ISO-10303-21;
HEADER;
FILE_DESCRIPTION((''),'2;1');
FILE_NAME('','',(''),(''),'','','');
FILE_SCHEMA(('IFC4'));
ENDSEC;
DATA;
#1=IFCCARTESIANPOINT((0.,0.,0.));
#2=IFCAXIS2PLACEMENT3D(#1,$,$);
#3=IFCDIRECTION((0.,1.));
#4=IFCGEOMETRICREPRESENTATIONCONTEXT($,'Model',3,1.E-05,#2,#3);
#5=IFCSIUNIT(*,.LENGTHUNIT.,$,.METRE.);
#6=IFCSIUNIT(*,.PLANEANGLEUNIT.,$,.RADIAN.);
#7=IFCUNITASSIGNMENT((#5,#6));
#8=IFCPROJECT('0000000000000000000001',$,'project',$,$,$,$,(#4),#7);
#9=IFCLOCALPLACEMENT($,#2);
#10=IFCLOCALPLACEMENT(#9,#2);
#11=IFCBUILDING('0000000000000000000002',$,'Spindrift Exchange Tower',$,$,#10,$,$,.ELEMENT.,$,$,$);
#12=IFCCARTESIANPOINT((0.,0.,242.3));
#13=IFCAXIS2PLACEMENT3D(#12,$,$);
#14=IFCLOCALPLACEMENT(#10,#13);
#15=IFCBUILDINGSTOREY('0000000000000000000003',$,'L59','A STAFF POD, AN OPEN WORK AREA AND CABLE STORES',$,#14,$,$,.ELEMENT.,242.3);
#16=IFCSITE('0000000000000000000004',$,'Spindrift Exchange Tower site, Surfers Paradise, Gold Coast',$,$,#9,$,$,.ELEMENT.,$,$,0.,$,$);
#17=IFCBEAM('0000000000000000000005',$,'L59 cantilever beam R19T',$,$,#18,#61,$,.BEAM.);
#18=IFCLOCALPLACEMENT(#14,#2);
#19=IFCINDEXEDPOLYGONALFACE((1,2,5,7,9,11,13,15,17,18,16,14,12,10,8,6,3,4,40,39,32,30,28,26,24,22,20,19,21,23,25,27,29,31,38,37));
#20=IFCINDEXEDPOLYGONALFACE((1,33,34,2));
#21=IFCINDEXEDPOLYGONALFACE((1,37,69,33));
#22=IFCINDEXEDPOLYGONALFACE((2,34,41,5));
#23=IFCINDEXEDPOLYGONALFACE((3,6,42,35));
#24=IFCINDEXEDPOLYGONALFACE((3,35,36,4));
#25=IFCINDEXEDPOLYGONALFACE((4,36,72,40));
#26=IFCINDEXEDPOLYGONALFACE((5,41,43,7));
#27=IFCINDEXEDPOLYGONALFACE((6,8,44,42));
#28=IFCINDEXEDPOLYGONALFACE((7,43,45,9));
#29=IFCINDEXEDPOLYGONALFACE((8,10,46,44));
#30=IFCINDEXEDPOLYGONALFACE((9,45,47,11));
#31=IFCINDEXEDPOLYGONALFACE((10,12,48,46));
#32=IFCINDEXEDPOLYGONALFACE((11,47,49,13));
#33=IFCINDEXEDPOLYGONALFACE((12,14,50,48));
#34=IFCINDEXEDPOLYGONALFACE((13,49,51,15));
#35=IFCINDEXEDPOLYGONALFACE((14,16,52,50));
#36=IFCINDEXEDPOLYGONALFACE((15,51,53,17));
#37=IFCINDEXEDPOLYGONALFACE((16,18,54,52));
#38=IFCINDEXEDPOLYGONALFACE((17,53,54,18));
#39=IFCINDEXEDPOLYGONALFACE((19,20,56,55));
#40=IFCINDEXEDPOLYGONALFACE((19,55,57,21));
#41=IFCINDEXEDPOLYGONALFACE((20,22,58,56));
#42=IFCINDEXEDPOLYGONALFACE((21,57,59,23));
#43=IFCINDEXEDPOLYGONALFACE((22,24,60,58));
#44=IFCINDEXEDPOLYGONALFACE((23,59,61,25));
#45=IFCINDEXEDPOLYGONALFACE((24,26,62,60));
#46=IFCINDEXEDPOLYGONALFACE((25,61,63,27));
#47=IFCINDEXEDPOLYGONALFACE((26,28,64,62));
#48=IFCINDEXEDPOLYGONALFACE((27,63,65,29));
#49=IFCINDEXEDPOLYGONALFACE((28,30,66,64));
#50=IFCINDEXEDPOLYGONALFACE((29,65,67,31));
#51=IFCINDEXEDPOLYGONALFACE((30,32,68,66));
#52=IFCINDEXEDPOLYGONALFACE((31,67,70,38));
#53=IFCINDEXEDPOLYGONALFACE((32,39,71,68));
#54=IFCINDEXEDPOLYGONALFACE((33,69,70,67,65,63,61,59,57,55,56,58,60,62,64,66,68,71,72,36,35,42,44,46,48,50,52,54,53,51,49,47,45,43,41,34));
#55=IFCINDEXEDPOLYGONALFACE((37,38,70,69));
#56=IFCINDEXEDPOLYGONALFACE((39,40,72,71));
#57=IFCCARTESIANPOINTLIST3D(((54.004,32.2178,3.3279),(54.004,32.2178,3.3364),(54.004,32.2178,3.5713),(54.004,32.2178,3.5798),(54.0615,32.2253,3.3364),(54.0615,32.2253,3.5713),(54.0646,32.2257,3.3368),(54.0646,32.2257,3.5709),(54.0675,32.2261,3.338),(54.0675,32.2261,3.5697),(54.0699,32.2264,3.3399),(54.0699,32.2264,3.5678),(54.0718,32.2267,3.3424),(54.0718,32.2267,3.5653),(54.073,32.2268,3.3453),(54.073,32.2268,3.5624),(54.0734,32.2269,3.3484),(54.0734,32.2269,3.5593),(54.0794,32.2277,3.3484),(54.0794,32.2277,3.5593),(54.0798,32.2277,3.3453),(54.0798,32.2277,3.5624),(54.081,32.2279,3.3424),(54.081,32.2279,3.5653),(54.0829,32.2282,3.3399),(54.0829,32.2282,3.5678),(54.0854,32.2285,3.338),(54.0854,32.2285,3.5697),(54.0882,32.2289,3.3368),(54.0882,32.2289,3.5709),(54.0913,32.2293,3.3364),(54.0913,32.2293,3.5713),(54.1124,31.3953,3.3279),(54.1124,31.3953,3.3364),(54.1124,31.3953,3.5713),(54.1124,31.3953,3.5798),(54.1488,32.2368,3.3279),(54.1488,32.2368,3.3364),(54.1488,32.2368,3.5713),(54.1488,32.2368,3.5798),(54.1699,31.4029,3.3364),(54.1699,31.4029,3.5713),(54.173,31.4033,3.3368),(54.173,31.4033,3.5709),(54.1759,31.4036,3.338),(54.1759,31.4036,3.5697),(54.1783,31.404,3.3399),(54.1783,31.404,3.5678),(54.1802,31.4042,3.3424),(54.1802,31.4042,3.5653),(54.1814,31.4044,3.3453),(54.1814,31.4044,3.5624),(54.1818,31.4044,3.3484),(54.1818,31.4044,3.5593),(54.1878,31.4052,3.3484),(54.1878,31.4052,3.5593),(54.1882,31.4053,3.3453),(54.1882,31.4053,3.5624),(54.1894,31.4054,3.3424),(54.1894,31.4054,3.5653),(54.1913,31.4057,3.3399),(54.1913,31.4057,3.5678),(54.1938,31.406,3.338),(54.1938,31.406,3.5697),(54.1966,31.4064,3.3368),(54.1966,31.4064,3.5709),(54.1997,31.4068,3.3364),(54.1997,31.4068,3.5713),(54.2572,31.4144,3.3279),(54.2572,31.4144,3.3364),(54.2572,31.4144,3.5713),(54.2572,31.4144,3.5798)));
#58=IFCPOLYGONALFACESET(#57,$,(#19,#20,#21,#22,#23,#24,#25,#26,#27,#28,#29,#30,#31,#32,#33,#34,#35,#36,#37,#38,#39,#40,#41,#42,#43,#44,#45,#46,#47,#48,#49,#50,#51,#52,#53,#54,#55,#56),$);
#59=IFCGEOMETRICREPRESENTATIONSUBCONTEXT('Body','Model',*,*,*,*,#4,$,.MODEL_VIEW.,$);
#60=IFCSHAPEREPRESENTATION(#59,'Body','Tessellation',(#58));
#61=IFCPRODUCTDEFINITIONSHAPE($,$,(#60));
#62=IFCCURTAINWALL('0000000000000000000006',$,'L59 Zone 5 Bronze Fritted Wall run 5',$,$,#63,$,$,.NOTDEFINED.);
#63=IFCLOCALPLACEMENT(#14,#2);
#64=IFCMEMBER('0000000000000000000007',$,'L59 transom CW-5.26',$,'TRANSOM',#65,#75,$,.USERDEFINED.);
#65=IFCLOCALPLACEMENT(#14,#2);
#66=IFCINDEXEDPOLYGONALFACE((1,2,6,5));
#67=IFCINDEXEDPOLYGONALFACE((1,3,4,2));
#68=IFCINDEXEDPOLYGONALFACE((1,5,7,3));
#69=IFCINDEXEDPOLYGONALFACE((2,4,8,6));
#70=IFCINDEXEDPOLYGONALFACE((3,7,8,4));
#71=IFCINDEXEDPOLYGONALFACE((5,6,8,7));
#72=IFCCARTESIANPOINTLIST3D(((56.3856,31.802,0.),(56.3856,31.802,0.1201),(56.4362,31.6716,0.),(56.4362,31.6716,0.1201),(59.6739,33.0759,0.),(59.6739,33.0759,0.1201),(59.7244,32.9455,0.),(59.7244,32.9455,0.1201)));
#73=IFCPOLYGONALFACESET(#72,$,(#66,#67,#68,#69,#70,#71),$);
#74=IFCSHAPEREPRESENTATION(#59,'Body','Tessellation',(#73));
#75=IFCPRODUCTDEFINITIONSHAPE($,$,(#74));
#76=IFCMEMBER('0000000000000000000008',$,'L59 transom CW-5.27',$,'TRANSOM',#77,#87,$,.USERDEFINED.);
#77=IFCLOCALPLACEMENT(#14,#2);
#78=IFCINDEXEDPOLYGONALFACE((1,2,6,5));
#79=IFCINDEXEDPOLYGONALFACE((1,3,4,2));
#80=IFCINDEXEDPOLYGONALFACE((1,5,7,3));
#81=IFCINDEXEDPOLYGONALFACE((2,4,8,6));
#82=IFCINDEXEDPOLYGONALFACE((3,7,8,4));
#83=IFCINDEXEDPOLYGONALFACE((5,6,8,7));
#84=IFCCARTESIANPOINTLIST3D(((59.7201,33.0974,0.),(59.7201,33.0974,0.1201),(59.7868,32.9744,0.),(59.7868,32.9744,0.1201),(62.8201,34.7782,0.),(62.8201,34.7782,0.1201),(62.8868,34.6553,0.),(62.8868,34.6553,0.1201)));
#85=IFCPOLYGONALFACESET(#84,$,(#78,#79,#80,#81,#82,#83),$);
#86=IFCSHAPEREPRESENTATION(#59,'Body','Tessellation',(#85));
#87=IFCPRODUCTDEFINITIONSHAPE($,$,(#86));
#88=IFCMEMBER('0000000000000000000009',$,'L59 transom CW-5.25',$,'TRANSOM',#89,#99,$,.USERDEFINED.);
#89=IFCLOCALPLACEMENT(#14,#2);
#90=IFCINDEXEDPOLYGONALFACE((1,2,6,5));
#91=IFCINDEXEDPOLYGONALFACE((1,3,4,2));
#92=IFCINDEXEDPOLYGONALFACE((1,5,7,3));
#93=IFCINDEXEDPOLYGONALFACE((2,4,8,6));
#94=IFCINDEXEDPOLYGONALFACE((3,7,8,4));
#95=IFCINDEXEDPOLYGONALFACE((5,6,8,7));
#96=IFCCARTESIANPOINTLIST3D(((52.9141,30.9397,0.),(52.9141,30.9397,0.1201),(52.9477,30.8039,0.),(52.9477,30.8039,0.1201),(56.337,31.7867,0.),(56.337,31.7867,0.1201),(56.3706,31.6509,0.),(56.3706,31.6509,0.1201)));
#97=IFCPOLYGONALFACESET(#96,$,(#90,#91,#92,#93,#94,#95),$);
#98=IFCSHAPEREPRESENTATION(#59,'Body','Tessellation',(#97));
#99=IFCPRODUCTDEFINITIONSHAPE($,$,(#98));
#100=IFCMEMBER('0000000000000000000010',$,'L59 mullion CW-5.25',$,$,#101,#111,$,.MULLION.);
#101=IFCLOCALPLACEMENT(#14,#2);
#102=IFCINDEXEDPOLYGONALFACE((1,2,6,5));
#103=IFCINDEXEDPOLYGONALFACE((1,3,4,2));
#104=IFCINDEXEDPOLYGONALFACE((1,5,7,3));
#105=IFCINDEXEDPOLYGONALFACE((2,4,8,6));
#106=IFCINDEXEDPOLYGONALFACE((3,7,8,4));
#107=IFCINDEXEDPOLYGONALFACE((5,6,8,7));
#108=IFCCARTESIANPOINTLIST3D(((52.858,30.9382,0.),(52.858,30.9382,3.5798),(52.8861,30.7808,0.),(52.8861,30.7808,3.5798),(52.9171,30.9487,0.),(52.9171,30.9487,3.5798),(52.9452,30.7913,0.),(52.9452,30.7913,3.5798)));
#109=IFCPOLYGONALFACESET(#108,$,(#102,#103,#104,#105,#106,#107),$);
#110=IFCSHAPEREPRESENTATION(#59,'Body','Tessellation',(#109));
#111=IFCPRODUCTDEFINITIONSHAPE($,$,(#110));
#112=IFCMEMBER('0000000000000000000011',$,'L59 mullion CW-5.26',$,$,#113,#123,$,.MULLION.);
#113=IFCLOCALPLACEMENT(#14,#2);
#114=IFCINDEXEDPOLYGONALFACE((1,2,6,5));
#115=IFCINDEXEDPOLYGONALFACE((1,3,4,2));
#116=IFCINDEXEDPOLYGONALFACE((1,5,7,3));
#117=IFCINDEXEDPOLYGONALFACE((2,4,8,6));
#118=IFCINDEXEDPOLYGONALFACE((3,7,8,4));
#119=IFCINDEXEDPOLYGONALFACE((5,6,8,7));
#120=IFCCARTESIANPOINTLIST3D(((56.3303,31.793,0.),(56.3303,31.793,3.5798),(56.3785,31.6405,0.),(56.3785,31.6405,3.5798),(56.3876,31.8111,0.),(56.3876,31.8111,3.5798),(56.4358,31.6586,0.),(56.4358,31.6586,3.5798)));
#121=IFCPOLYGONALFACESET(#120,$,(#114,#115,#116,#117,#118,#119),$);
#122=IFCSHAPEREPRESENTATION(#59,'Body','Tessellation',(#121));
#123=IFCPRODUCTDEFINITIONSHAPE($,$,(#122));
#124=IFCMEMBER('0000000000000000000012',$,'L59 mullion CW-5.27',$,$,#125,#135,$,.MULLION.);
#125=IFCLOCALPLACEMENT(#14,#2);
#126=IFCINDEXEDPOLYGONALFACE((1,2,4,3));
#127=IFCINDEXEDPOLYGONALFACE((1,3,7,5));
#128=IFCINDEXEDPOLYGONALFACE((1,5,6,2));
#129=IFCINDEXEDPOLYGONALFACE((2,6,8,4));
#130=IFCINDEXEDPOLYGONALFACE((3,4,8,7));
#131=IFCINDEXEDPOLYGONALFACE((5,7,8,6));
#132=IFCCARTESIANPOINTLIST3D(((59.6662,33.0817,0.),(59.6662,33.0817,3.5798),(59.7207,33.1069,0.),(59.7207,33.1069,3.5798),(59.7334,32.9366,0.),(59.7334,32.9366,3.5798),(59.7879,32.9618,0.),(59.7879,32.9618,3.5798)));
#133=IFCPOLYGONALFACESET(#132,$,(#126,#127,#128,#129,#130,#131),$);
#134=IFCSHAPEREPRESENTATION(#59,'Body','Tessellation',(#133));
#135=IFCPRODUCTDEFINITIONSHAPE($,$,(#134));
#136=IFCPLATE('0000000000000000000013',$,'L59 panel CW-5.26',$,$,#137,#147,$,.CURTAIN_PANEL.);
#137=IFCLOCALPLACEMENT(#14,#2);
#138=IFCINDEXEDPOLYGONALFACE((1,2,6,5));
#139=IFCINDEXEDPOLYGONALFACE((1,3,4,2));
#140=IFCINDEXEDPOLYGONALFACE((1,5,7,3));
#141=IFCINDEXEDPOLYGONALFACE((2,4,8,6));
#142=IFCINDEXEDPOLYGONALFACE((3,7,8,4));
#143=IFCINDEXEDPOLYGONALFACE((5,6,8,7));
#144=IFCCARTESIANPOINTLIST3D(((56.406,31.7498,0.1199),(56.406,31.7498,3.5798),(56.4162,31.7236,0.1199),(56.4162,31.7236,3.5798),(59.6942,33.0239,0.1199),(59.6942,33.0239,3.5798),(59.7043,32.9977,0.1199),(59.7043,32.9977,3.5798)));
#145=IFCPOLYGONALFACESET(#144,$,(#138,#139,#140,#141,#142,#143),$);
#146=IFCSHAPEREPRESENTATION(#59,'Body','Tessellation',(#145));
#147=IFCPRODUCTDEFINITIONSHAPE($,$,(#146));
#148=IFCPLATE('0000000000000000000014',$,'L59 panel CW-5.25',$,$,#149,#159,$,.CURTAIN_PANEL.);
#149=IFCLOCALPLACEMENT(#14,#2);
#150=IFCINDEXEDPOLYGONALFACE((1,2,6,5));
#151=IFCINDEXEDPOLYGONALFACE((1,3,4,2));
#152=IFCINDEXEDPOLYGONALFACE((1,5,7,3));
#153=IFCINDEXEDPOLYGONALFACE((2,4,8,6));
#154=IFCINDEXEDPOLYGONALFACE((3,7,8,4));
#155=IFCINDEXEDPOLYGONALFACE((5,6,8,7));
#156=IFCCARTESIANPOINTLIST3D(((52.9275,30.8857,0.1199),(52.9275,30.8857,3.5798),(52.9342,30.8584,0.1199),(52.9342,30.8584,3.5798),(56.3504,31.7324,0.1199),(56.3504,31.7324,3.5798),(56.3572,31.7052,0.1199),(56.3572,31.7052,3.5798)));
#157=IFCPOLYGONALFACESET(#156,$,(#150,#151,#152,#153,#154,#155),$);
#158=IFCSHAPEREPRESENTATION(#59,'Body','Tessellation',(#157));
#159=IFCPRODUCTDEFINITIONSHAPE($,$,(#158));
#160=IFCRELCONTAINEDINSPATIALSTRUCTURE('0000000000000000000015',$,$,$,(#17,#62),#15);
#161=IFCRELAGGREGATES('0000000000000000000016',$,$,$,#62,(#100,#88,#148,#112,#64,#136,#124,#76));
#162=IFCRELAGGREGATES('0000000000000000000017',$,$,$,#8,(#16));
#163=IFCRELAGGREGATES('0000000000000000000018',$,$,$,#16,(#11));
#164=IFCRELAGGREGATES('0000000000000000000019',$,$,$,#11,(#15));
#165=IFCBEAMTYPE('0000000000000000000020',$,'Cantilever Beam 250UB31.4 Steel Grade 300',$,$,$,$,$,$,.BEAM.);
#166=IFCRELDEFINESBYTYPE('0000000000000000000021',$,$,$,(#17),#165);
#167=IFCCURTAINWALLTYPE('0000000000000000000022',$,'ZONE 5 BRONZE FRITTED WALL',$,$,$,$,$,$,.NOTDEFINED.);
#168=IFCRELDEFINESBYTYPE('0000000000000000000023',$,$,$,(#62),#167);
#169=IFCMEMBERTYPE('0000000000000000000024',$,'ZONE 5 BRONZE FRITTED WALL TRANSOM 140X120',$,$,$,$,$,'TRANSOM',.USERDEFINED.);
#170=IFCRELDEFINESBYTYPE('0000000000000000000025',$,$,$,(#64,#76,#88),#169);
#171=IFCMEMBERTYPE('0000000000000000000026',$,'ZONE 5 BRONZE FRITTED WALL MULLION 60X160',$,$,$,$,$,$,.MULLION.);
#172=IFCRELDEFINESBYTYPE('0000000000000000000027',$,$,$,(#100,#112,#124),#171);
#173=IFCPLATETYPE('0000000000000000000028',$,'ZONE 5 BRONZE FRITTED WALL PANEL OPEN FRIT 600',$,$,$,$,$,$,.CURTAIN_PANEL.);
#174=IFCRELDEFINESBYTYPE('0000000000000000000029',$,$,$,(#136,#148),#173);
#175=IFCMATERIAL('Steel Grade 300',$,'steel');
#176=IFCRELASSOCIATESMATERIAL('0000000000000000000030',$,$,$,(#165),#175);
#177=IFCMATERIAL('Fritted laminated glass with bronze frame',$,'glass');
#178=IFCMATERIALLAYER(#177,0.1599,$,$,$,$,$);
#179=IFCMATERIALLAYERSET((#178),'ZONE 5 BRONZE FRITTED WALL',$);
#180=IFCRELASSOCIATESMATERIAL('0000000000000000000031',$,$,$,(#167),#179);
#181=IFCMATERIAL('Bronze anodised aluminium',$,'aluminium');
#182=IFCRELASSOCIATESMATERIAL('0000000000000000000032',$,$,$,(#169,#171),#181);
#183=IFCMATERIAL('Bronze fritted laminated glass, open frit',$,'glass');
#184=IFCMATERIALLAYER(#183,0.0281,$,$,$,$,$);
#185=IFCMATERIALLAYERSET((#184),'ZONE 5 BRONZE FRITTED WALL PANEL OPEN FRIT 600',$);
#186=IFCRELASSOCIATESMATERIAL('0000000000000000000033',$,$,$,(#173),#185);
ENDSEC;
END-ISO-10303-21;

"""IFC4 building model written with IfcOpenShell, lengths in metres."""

from ifc_helpers import new_model, si_unit, direction, frame, origin, origin_2d, place, context, subcontext, project, spatial, rectangle, i_section, extrude, source, transform, mapped, material, layer, layer_set, material_profile, profile_set, type_object, element, aggregate, save


model = new_model("IFC4")

# Units and contexts
model_context = context("Model", 3, precision=1e-05, world=origin(), true_north=direction((0.0, 1.0)))
body_context = subcontext(model_context, "Body", "Model", "MODEL_VIEW")
ifc_project = project(units=[si_unit("LENGTHUNIT", "METRE"), si_unit("PLANEANGLEUNIT", "RADIAN")], contexts=[model_context])

# Site, building, storey
site_placement = place(None, origin())
site = spatial("IfcSite", under=ifc_project, at=site_placement, Name="Spindrift Exchange Tower site, Surfers Paradise, Gold Coast", CompositionType="ELEMENT", RefElevation=0.0)
building_placement = place(site_placement, origin())
building = spatial("IfcBuilding", under=site, at=building_placement, Name="Spindrift Exchange Tower", CompositionType="ELEMENT")
storey_placement = place(building_placement, frame((0.0, 0.0, 242.3)))
storey = spatial("IfcBuildingStorey", under=building, at=storey_placement, Name="L59", Description="A STAFF POD, AN OPEN WORK AREA AND CABLE STORES", CompositionType="ELEMENT", Elevation=242.3)

# Beam
ifc_material_1 = material(Name="Steel Grade 300", Category="steel")
ifc_material_profile_1 = material_profile(ifc_material_1, i_section(OverallWidth=0.146, OverallDepth=0.252, WebThickness=0.0061, FlangeThickness=0.0085, FilletRadius=0.012, at=origin_2d()), Name="250UB31.4")
ifc_profile_set_1 = profile_set([ifc_material_profile_1], Name="Steel Grade 300")
beam_type_1 = type_object("IfcBeamType", Name="Cantilever Beam 250UB31.4 Steel Grade 300", PredefinedType="BEAM", material=ifc_profile_set_1)
shared_shape_1 = source(origin(), body_context, "Body", "SweptSolid", [
    extrude(i_section(OverallWidth=0.146, OverallDepth=0.252, WebThickness=0.0061, FlangeThickness=0.0085, FilletRadius=0.012, at=origin_2d()), origin(), (0.0, 0.0, 1.0), 0.8296),
])
beam_1_placement = place(storey_placement, frame((54.0764, 32.2273, 3.4539), z_axis=(0.13066, -0.991427, 0.0), x_axis=(0.991427, 0.13066, 0.0)))
element("IfcBeam", 1, at=beam_1_placement, inside=storey, type_object=beam_type_1, Name="L59 cantilever beam R19T", PredefinedType="BEAM", context=body_context, shape_type="MappedRepresentation", body=[
    mapped(shared_shape_1, transform((0.0, 0.0, 0.0), scale=1.0)),
])

# Curtain wall, members, plates
ifc_material_2 = material(Name="Fritted laminated glass with bronze frame", Category="glass")
ifc_layer_1 = layer(ifc_material_2, 0.1599)
ifc_layer_set_1 = layer_set([ifc_layer_1], Name="ZONE 5 BRONZE FRITTED WALL")
curtain_wall_type = type_object("IfcCurtainWallType", Name="ZONE 5 BRONZE FRITTED WALL", PredefinedType="NOTDEFINED", material=ifc_layer_set_1)
curtain_wall_placement = place(storey_placement, origin())
curtain_wall = element("IfcCurtainWall", 2, at=curtain_wall_placement, inside=storey, type_object=curtain_wall_type, Name="L59 Zone 5 Bronze Fritted Wall run 5", PredefinedType="NOTDEFINED")
ifc_material_3 = material(Name="Bronze anodised aluminium", Category="aluminium")
ifc_material_profile_2 = material_profile(ifc_material_3, rectangle(XDim=0.1399, YDim=0.1201, at=origin_2d()), Name="ZONE 5 BRONZE FRITTED WALL TRANSOM 140X120")
ifc_profile_set_2 = profile_set([ifc_material_profile_2], Name="Bronze anodised aluminium")
member_type_1 = type_object("IfcMemberType", Name="ZONE 5 BRONZE FRITTED WALL TRANSOM 140X120", ElementType="TRANSOM", PredefinedType="USERDEFINED", material=ifc_profile_set_2)
shared_shape_2 = source(origin(), body_context, "Body", "SweptSolid", [
    extrude(rectangle(XDim=0.1399, YDim=0.1201, at=origin_2d()), origin(), (0.0, 0.0, 1.0), 3.5264),
])
member_1_placement = place(storey_placement, frame((56.4109, 31.7368, 0.0601), z_axis=(0.93247, 0.361247, 0.0), x_axis=(-0.361247, 0.93247, 0.0)))
member_1 = element("IfcMember", 3, at=member_1_placement, type_object=member_type_1, Name="L59 transom CW-5.26", ObjectType="TRANSOM", PredefinedType="USERDEFINED", context=body_context, shape_type="MappedRepresentation", body=[
    mapped(shared_shape_2, transform((0.0, 0.0, 0.0), scale=1.0)),
])
member_2_placement = place(storey_placement, frame((59.7534, 33.0359, 0.0601), z_axis=(0.879091, 0.476653, 0.0), x_axis=(-0.476653, 0.879091, 0.0)))
member_2 = element("IfcMember", 4, at=member_2_placement, type_object=member_type_1, Name="L59 transom CW-5.27", ObjectType="TRANSOM", PredefinedType="USERDEFINED", context=body_context, shape_type="MappedRepresentation", body=[
    mapped(shared_shape_2, transform((0.0, 0.0, 0.0), scale=1.0)),
])
shared_shape_3 = source(origin(), body_context, "Body", "SweptSolid", [
    extrude(rectangle(XDim=0.1399, YDim=0.1201, at=origin_2d()), origin(), (0.0, 0.0, 1.0), 3.5261),
])
member_3_placement = place(storey_placement, frame((52.9309, 30.8718, 0.0601), z_axis=(0.970726, 0.240189, 0.0), x_axis=(-0.240189, 0.970726, 0.0)))
member_3 = element("IfcMember", 5, at=member_3_placement, type_object=member_type_1, Name="L59 transom CW-5.25", ObjectType="TRANSOM", PredefinedType="USERDEFINED", context=body_context, shape_type="MappedRepresentation", body=[
    mapped(shared_shape_3, transform((0.0, 0.0, 0.0), scale=1.0)),
])
ifc_material_profile_3 = material_profile(ifc_material_3, rectangle(XDim=0.0601, YDim=0.1599, at=origin_2d()), Name="ZONE 5 BRONZE FRITTED WALL MULLION 60X160")
ifc_profile_set_3 = profile_set([ifc_material_profile_3], Name="Bronze anodised aluminium")
member_type_2 = type_object("IfcMemberType", Name="ZONE 5 BRONZE FRITTED WALL MULLION 60X160", PredefinedType="MULLION", material=ifc_profile_set_3)
shared_shape_4 = source(origin(), body_context, "Body", "SweptSolid", [
    extrude(rectangle(XDim=0.0601, YDim=0.1599, at=origin_2d()), origin(), (0.0, 0.0, 1.0), 3.5798),
])
member_4_placement = place(storey_placement, frame((52.9016, 30.8647, 0.0), z_axis=(0.0, 0.0, 1.0), x_axis=(0.984413, 0.175874, 0.0)))
member_4 = element("IfcMember", 6, at=member_4_placement, type_object=member_type_2, Name="L59 mullion CW-5.25", PredefinedType="MULLION", context=body_context, shape_type="MappedRepresentation", body=[
    mapped(shared_shape_4, transform((0.0, 0.0, 0.0), scale=1.0)),
])
member_5_placement = place(storey_placement, frame((56.3831, 31.7258, 0.0), z_axis=(0.0, 0.0, 1.0), x_axis=(0.953518, 0.301335, 0.0)))
member_5 = element("IfcMember", 7, at=member_5_placement, type_object=member_type_2, Name="L59 mullion CW-5.26", PredefinedType="MULLION", context=body_context, shape_type="MappedRepresentation", body=[
    mapped(shared_shape_4, transform((0.0, 0.0, 0.0), scale=1.0)),
])
member_6_placement = place(storey_placement, frame((59.7271, 33.0217, 0.0), z_axis=(0.0, 0.0, 1.0), x_axis=(0.907604, 0.419828, 0.0)))
member_6 = element("IfcMember", 8, at=member_6_placement, type_object=member_type_2, Name="L59 mullion CW-5.27", PredefinedType="MULLION", context=body_context, shape_type="MappedRepresentation", body=[
    mapped(shared_shape_4, transform((0.0, 0.0, 0.0), scale=1.0)),
])
ifc_material_4 = material(Name="Bronze fritted laminated glass, open frit", Category="glass")
ifc_layer_2 = layer(ifc_material_4, 0.0281)
ifc_layer_set_2 = layer_set([ifc_layer_2], Name="ZONE 5 BRONZE FRITTED WALL PANEL OPEN FRIT 600")
plate_type = type_object("IfcPlateType", Name="ZONE 5 BRONZE FRITTED WALL PANEL OPEN FRIT 600", PredefinedType="CURTAIN_PANEL", material=ifc_layer_set_2)
shared_shape_5 = source(origin(), body_context, "Body", "SweptSolid", [
    extrude(rectangle(XDim=3.5264, YDim=0.0281, at=origin_2d()), origin(), (0.0, 0.0, 1.0), 3.46),
])
plate_1_placement = place(storey_placement, frame((58.0552, 32.3738, 0.1199), z_axis=(0.0, 0.0, 1.0), x_axis=(0.932445, 0.361312, 0.0)))
plate_1 = element("IfcPlate", 9, at=plate_1_placement, type_object=plate_type, Name="L59 panel CW-5.26", PredefinedType="CURTAIN_PANEL", context=body_context, shape_type="MappedRepresentation", body=[
    mapped(shared_shape_5, transform((0.0, 0.0, 0.0), scale=1.0)),
])
shared_shape_6 = source(origin(), body_context, "Body", "SweptSolid", [
    extrude(rectangle(XDim=3.5261, YDim=0.0281, at=origin_2d()), origin(), (0.0, 0.0, 1.0), 3.46),
])
plate_2_placement = place(storey_placement, frame((54.6423, 31.2954, 0.1199), z_axis=(0.0, 0.0, 1.0), x_axis=(0.970738, 0.24014, 0.0)))
plate_2 = element("IfcPlate", 10, at=plate_2_placement, type_object=plate_type, Name="L59 panel CW-5.25", PredefinedType="CURTAIN_PANEL", context=body_context, shape_type="MappedRepresentation", body=[
    mapped(shared_shape_6, transform((0.0, 0.0, 0.0), scale=1.0)),
])
aggregate(curtain_wall, [member_4, member_3, plate_2, member_5, member_1, plate_1, member_6, member_2])

save(model, "model.ifc")
